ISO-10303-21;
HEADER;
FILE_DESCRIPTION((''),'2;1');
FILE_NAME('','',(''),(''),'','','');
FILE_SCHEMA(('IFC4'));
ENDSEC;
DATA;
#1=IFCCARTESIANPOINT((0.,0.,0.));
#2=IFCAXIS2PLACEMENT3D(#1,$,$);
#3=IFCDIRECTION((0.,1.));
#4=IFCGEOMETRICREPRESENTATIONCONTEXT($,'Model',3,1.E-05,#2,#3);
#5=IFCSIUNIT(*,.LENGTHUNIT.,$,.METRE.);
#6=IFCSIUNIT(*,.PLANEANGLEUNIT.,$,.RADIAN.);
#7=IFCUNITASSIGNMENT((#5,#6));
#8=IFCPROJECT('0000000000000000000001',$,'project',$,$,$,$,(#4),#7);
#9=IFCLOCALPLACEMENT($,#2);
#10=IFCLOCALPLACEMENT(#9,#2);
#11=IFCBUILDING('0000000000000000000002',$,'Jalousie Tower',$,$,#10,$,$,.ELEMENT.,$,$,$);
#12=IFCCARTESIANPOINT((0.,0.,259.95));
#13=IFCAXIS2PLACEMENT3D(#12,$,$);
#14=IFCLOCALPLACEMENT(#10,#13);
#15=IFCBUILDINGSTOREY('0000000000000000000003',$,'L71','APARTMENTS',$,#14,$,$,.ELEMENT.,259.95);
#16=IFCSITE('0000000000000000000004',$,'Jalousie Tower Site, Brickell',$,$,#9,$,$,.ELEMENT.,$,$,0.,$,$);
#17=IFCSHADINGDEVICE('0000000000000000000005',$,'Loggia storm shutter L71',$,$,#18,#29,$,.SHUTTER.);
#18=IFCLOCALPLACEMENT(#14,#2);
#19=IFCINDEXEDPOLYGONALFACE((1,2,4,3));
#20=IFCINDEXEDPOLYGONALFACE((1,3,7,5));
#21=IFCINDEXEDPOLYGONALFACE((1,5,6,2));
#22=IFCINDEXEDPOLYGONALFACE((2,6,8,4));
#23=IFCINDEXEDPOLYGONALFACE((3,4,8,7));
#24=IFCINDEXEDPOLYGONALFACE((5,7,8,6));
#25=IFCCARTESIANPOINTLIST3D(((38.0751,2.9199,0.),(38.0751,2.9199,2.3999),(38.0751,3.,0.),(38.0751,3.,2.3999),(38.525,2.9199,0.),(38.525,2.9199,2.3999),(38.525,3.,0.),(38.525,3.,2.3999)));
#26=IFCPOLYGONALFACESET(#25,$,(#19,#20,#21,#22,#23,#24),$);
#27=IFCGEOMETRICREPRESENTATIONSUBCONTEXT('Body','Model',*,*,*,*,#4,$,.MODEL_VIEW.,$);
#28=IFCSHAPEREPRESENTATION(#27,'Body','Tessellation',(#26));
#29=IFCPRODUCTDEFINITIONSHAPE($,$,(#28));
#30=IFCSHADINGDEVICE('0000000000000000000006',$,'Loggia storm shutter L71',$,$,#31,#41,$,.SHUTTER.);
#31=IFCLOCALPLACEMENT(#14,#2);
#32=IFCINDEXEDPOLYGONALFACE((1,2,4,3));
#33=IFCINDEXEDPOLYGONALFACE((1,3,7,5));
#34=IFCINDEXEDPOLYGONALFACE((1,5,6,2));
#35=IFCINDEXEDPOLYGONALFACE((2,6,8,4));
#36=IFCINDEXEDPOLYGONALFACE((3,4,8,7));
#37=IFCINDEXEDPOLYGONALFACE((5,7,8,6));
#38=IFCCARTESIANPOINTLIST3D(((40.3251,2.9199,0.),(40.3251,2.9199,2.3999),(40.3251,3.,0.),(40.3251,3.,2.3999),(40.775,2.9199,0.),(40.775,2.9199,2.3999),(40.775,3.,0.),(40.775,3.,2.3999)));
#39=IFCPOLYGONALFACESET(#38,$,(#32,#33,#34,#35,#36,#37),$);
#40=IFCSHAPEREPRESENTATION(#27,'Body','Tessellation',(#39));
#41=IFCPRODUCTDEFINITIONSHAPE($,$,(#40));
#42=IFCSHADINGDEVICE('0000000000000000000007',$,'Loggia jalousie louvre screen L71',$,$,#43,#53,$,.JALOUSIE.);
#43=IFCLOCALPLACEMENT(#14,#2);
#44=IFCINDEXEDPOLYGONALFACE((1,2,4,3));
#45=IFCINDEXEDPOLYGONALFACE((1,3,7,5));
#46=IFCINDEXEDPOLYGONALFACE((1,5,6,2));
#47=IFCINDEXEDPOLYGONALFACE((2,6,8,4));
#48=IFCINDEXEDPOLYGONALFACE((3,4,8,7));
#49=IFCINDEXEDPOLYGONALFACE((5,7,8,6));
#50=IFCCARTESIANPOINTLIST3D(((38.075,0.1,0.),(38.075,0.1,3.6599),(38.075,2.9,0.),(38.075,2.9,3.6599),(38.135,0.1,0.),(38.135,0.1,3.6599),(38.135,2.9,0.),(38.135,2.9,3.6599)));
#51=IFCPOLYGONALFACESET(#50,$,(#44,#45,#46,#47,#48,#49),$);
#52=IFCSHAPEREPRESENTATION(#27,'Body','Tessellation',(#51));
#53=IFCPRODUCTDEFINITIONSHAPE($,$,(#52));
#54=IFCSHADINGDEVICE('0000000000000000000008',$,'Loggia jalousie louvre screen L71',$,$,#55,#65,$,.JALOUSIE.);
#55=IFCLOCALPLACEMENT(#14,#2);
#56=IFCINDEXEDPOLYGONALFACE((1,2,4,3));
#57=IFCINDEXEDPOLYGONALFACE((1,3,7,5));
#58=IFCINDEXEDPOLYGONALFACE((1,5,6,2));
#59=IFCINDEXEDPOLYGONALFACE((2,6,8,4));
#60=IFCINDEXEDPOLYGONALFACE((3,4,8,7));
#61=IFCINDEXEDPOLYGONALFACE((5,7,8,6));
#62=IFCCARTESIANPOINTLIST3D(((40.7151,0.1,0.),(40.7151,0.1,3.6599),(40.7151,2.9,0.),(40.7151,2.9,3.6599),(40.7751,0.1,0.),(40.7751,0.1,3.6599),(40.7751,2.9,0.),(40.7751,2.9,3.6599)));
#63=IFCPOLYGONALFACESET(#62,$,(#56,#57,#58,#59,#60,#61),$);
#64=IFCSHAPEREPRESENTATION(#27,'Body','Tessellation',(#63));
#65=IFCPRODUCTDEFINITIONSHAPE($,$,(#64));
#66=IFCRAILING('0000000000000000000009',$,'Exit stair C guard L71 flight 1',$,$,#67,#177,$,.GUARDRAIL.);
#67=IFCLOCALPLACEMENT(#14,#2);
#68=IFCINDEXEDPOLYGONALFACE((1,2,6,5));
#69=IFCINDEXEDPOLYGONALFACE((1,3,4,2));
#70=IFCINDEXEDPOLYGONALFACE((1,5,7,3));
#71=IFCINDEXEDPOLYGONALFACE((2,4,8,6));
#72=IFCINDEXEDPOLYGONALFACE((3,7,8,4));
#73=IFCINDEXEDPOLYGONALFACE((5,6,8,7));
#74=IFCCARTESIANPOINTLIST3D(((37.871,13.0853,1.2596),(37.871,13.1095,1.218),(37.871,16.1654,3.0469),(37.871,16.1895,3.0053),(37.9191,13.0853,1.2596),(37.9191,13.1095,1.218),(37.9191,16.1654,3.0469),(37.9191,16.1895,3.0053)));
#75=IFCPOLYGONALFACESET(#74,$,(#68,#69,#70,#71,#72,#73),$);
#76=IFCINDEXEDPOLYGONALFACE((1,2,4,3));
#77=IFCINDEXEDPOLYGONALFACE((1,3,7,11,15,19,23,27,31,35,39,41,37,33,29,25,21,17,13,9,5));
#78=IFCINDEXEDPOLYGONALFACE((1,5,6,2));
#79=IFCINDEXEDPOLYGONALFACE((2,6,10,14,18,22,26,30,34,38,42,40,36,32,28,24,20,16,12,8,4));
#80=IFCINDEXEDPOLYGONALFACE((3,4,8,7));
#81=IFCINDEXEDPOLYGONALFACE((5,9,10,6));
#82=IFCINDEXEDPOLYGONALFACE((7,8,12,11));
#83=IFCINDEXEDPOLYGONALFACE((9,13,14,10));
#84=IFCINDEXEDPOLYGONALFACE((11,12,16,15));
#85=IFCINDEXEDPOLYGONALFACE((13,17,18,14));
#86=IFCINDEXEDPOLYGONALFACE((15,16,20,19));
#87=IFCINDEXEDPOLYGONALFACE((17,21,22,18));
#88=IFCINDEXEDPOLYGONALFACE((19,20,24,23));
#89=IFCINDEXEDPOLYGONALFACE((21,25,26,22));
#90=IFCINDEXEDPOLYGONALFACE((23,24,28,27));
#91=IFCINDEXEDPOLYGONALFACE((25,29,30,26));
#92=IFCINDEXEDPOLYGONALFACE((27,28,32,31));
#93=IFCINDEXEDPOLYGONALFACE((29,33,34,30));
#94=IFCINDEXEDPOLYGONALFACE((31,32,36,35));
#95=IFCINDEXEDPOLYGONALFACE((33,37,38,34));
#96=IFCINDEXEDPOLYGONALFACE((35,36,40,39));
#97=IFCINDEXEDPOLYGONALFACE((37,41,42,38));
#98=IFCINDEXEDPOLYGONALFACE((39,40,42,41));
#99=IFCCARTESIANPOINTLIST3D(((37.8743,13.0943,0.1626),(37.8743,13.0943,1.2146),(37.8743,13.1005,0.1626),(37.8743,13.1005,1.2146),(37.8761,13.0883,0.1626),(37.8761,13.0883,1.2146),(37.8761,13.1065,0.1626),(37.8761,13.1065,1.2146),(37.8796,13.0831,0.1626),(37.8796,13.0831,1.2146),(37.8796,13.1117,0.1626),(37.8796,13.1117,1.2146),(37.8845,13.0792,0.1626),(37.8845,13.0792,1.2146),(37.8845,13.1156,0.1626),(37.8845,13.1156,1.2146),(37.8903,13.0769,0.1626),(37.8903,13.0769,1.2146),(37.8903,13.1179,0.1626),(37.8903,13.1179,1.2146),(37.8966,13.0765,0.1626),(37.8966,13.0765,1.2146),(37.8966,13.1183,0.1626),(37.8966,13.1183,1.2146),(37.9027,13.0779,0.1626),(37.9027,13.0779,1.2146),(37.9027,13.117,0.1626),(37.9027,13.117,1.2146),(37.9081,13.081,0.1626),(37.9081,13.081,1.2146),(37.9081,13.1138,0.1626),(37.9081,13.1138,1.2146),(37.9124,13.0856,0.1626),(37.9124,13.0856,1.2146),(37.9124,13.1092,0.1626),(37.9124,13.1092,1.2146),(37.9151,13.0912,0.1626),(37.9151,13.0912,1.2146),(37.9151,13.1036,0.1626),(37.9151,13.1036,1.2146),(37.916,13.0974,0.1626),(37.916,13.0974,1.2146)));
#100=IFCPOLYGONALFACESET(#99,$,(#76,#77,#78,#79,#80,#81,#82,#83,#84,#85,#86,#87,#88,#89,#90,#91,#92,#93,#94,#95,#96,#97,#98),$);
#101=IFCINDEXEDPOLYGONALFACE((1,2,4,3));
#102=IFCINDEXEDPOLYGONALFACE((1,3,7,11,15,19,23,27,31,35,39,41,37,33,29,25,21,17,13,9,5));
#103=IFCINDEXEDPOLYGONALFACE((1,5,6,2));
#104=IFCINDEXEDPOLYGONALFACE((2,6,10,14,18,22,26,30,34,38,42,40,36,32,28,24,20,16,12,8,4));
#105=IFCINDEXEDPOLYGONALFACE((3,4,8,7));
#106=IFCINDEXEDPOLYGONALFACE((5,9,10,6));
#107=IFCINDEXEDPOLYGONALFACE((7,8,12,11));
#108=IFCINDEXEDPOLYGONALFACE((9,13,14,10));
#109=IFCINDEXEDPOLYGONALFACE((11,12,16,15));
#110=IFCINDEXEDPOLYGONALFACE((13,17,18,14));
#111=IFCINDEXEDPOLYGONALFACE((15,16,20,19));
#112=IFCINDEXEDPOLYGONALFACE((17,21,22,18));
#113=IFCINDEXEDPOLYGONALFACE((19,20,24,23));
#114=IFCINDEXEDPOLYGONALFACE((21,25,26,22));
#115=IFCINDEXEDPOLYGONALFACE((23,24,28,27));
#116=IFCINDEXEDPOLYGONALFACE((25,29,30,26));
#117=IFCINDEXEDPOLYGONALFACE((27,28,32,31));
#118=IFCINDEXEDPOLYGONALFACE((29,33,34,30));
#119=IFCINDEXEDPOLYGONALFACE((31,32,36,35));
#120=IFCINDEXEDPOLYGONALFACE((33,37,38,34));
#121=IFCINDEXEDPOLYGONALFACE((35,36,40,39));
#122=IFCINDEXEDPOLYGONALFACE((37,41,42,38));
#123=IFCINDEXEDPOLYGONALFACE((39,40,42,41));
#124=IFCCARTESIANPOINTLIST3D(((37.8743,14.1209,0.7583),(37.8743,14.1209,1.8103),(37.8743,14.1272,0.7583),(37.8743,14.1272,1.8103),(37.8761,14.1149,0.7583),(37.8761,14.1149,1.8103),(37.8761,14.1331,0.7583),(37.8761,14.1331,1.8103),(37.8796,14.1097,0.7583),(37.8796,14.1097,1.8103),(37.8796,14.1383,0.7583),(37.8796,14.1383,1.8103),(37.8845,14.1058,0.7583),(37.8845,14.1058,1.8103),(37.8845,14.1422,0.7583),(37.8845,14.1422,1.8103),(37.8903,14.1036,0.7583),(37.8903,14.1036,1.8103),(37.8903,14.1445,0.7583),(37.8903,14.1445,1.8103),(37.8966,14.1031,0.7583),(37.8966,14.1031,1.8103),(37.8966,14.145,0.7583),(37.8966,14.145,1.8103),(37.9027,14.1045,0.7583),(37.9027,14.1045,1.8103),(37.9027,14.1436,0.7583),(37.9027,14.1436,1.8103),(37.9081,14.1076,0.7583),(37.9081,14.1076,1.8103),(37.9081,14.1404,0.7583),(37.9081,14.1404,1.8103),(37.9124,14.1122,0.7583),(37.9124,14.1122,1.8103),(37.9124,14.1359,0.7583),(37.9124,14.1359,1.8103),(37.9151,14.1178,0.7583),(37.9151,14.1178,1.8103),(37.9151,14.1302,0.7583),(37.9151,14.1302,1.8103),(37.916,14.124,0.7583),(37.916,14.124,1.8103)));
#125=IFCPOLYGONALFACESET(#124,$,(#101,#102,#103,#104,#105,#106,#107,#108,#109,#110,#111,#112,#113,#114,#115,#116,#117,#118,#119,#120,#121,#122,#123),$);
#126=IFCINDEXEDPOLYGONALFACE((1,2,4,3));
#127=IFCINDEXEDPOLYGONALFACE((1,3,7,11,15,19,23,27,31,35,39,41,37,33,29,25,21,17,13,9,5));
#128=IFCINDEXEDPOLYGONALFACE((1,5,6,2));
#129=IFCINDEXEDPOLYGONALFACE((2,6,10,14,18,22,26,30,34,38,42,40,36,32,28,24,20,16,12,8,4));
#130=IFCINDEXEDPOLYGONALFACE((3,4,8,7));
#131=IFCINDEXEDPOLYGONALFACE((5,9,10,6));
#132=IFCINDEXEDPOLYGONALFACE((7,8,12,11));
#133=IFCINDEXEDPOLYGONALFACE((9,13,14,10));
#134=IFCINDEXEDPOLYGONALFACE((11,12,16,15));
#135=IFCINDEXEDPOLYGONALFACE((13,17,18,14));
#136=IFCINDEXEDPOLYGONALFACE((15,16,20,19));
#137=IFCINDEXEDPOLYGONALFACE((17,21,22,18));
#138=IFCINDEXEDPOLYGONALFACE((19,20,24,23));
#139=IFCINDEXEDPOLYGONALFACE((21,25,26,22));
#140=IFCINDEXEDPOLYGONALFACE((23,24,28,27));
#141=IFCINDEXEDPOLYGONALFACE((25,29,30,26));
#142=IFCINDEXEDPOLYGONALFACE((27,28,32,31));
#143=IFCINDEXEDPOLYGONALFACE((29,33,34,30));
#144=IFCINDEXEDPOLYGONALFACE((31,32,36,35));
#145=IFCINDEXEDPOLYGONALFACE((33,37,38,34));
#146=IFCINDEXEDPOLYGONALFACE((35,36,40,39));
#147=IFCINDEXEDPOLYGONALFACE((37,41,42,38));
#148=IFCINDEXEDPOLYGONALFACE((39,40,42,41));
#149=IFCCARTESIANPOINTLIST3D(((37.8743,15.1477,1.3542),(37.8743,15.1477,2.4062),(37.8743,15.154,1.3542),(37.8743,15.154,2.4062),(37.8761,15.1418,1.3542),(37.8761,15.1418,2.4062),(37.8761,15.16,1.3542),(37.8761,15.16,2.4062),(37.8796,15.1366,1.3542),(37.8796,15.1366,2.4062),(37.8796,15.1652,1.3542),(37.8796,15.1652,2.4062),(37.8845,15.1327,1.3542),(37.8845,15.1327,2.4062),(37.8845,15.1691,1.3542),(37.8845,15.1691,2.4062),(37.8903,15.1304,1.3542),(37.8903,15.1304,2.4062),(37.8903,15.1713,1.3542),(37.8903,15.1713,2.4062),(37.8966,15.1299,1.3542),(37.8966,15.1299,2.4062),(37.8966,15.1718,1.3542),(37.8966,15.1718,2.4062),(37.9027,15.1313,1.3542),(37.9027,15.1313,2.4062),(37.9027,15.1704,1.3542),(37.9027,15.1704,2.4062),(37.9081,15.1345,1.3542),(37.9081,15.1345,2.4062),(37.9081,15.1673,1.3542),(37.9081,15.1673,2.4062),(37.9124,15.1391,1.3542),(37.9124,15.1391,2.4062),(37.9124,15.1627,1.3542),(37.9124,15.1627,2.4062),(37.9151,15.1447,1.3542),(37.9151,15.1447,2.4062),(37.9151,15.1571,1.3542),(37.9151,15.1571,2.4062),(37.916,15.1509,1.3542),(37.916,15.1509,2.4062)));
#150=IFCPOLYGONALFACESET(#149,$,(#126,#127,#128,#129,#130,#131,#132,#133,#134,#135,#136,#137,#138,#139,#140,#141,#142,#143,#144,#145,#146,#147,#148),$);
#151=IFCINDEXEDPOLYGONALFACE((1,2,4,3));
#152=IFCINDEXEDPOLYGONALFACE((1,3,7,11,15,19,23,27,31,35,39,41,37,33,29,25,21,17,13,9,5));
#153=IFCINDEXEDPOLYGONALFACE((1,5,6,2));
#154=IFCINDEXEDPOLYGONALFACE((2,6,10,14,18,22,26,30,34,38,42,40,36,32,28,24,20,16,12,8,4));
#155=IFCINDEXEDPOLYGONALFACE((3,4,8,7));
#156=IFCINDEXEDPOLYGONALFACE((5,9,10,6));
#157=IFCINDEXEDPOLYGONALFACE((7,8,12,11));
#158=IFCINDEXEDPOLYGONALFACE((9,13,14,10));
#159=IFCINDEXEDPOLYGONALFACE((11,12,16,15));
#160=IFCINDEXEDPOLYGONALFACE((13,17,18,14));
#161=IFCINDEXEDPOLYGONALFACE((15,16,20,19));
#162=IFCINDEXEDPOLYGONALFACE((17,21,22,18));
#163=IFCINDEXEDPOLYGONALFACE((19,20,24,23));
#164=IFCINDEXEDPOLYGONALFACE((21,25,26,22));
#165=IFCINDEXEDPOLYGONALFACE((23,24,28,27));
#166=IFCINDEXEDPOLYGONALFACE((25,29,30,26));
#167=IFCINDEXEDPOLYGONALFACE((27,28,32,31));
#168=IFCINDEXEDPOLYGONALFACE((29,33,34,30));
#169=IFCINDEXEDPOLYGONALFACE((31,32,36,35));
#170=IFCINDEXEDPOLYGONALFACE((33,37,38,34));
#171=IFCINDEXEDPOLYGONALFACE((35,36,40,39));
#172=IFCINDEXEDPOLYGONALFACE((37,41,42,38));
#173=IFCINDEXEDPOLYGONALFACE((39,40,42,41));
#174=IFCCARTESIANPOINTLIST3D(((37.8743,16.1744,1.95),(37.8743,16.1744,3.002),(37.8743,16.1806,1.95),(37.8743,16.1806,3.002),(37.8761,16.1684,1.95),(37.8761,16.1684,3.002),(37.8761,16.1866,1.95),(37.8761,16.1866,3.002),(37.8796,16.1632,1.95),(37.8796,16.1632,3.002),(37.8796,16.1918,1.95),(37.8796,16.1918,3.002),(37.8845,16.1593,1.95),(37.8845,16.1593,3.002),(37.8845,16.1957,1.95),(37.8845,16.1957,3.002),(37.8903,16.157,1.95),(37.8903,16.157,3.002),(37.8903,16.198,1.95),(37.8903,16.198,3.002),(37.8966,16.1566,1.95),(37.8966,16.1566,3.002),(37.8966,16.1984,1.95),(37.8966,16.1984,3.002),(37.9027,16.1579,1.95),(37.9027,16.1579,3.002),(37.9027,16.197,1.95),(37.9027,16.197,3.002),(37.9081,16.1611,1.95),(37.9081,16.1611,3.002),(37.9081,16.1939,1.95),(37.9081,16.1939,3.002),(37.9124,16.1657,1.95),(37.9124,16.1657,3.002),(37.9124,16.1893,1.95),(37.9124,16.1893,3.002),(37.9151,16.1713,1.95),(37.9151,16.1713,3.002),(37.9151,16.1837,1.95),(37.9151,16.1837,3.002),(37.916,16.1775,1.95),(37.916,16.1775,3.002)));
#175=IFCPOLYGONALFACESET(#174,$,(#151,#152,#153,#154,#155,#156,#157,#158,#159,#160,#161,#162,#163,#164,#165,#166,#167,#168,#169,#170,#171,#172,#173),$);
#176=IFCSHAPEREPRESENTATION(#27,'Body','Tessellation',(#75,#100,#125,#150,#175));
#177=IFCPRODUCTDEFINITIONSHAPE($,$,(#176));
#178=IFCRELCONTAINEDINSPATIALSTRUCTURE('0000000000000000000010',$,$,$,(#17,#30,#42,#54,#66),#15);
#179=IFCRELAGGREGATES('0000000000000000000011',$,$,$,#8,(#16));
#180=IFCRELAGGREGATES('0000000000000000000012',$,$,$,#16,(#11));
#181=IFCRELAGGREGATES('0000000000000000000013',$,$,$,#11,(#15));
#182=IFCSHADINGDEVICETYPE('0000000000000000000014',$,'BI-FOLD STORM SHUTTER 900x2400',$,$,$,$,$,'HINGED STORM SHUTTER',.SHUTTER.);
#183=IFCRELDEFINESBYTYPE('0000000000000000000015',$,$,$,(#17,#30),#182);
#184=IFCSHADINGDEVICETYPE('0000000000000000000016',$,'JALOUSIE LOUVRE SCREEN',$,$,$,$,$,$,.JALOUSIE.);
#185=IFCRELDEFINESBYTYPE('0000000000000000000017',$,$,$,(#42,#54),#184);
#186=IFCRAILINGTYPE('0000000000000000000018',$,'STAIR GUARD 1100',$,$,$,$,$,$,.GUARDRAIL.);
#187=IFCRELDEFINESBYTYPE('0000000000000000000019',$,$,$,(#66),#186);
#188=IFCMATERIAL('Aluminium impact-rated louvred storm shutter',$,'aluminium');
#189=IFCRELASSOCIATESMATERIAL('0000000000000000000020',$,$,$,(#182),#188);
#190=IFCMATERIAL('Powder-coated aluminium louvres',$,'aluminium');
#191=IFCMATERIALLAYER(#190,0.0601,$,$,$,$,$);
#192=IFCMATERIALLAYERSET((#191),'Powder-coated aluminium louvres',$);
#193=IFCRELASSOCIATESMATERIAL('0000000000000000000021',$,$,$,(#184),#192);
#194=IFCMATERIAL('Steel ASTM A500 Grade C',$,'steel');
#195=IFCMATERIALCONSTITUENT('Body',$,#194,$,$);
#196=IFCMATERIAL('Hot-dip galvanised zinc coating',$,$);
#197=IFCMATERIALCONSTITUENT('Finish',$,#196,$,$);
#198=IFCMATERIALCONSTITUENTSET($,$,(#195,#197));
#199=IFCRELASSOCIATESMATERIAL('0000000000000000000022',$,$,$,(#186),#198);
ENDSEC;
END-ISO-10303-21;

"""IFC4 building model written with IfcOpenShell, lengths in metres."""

from ifc_helpers import new_model, si_unit, direction, frame, origin, origin_2d, place, context, subcontext, project, spatial, rectangle, circle, extrude, material, layer, layer_set, constituent, constituent_set, type_object, element, save


model = new_model("IFC4")

# Units and contexts
model_context = context("Model", 3, precision=1e-05, world=origin(), true_north=direction((0.0, 1.0)))
body_context = subcontext(model_context, "Body", "Model", "MODEL_VIEW")
ifc_project = project(units=[si_unit("LENGTHUNIT", "METRE"), si_unit("PLANEANGLEUNIT", "RADIAN")], contexts=[model_context])

# Site, building, storey
site_placement = place(None, origin())
site = spatial("IfcSite", under=ifc_project, at=site_placement, Name="Jalousie Tower Site, Brickell", CompositionType="ELEMENT", RefElevation=0.0)
building_placement = place(site_placement, origin())
building = spatial("IfcBuilding", under=site, at=building_placement, Name="Jalousie Tower", CompositionType="ELEMENT")
storey_placement = place(building_placement, frame((0.0, 0.0, 259.95)))
storey = spatial("IfcBuildingStorey", under=building, at=storey_placement, Name="L71", Description="APARTMENTS", CompositionType="ELEMENT", Elevation=259.95)

# Shading devices
ifc_material_1 = material(Name="Aluminium impact-rated louvred storm shutter", Category="aluminium")
shading_device_type_1 = type_object("IfcShadingDeviceType", Name="BI-FOLD STORM SHUTTER 900x2400", ElementType="HINGED STORM SHUTTER", PredefinedType="SHUTTER", material=ifc_material_1)
for number, where, z_axis, x_axis, name in (
    (1, (38.3, 2.96, 0.0), (0.0, 0.0, 1.0), (1.0, 0.0, 0.0), "Loggia storm shutter L71"),
    (2, (40.55, 2.96, 0.0), (0.0, 0.0, 1.0), (1.0, 0.0, 0.0), "Loggia storm shutter L71"),
):
    element("IfcShadingDevice", number, at=place(storey_placement, frame(where, z_axis=z_axis, x_axis=x_axis)), inside=storey, type_object=shading_device_type_1, Name=name, PredefinedType="SHUTTER", context=body_context, shape_type="SweptSolid", body=[
        extrude(rectangle(XDim=0.45, YDim=0.0801, at=origin_2d()), origin(), (0.0, 0.0, 1.0), 2.3999),
    ])
ifc_material_2 = material(Name="Powder-coated aluminium louvres", Category="aluminium")
ifc_layer_1 = layer(ifc_material_2, 0.0601)
ifc_layer_set_1 = layer_set([ifc_layer_1], Name="Powder-coated aluminium louvres")
shading_device_type_2 = type_object("IfcShadingDeviceType", Name="JALOUSIE LOUVRE SCREEN", PredefinedType="JALOUSIE", material=ifc_layer_set_1)
for number, where, z_axis, x_axis, name in (
    (3, (38.105, 1.5, 0.0), (0.0, 0.0, 1.0), (1.0, 0.0, 0.0), "Loggia jalousie louvre screen L71"),
    (4, (40.7451, 1.5, 0.0), (0.0, 0.0, 1.0), (1.0, 0.0, 0.0), "Loggia jalousie louvre screen L71"),
):
    element("IfcShadingDevice", number, at=place(storey_placement, frame(where, z_axis=z_axis, x_axis=x_axis)), inside=storey, type_object=shading_device_type_2, Name=name, PredefinedType="JALOUSIE", context=body_context, shape_type="SweptSolid", body=[
        extrude(rectangle(XDim=0.0601, YDim=2.8, at=origin_2d()), origin(), (0.0, 0.0, 1.0), 3.6599),
    ])

# Railing
ifc_material_3 = material(Name="Steel ASTM A500 Grade C", Category="steel")
ifc_constituent_1 = constituent(ifc_material_3, Name="Body")
ifc_material_4 = material(Name="Hot-dip galvanised zinc coating")
ifc_constituent_2 = constituent(ifc_material_4, Name="Finish")
ifc_constituent_set_1 = constituent_set(constituents=[ifc_constituent_1, ifc_constituent_2])
railing_type_1 = type_object("IfcRailingType", Name="STAIR GUARD 1100", PredefinedType="GUARDRAIL", material=ifc_constituent_set_1)
railing_1_placement = place(storey_placement, frame((37.895, 13.0974, 0.1626)))
element("IfcRailing", 5, at=railing_1_placement, inside=storey, type_object=railing_type_1, Name="Exit stair C guard L71 flight 1", PredefinedType="GUARDRAIL", context=body_context, shape_type="SweptSolid", body=[
    extrude(rectangle(XDim=0.0481, YDim=0.0481, at=origin_2d()), frame((0.0, 0.0, 1.0762), z_axis=(0.0, 0.86492, 0.501909), x_axis=(-1.0, 0.0, 0.0)), (0.0, 0.0, 1.0), 3.561),
    extrude(circle(Radius=0.021, at=origin_2d()), origin(), (0.0, 0.0, 1.0), 1.052),
    extrude(circle(Radius=0.021, at=origin_2d()), frame((0.0, 1.0266, 0.5957)), (0.0, 0.0, 1.0), 1.052),
    extrude(circle(Radius=0.021, at=origin_2d()), frame((0.0, 2.0535, 1.1917)), (0.0, 0.0, 1.0), 1.052),
    extrude(circle(Radius=0.021, at=origin_2d()), frame((0.0, 3.0801, 1.7874)), (0.0, 0.0, 1.0), 1.052),
])

save(model, "model.ifc")
